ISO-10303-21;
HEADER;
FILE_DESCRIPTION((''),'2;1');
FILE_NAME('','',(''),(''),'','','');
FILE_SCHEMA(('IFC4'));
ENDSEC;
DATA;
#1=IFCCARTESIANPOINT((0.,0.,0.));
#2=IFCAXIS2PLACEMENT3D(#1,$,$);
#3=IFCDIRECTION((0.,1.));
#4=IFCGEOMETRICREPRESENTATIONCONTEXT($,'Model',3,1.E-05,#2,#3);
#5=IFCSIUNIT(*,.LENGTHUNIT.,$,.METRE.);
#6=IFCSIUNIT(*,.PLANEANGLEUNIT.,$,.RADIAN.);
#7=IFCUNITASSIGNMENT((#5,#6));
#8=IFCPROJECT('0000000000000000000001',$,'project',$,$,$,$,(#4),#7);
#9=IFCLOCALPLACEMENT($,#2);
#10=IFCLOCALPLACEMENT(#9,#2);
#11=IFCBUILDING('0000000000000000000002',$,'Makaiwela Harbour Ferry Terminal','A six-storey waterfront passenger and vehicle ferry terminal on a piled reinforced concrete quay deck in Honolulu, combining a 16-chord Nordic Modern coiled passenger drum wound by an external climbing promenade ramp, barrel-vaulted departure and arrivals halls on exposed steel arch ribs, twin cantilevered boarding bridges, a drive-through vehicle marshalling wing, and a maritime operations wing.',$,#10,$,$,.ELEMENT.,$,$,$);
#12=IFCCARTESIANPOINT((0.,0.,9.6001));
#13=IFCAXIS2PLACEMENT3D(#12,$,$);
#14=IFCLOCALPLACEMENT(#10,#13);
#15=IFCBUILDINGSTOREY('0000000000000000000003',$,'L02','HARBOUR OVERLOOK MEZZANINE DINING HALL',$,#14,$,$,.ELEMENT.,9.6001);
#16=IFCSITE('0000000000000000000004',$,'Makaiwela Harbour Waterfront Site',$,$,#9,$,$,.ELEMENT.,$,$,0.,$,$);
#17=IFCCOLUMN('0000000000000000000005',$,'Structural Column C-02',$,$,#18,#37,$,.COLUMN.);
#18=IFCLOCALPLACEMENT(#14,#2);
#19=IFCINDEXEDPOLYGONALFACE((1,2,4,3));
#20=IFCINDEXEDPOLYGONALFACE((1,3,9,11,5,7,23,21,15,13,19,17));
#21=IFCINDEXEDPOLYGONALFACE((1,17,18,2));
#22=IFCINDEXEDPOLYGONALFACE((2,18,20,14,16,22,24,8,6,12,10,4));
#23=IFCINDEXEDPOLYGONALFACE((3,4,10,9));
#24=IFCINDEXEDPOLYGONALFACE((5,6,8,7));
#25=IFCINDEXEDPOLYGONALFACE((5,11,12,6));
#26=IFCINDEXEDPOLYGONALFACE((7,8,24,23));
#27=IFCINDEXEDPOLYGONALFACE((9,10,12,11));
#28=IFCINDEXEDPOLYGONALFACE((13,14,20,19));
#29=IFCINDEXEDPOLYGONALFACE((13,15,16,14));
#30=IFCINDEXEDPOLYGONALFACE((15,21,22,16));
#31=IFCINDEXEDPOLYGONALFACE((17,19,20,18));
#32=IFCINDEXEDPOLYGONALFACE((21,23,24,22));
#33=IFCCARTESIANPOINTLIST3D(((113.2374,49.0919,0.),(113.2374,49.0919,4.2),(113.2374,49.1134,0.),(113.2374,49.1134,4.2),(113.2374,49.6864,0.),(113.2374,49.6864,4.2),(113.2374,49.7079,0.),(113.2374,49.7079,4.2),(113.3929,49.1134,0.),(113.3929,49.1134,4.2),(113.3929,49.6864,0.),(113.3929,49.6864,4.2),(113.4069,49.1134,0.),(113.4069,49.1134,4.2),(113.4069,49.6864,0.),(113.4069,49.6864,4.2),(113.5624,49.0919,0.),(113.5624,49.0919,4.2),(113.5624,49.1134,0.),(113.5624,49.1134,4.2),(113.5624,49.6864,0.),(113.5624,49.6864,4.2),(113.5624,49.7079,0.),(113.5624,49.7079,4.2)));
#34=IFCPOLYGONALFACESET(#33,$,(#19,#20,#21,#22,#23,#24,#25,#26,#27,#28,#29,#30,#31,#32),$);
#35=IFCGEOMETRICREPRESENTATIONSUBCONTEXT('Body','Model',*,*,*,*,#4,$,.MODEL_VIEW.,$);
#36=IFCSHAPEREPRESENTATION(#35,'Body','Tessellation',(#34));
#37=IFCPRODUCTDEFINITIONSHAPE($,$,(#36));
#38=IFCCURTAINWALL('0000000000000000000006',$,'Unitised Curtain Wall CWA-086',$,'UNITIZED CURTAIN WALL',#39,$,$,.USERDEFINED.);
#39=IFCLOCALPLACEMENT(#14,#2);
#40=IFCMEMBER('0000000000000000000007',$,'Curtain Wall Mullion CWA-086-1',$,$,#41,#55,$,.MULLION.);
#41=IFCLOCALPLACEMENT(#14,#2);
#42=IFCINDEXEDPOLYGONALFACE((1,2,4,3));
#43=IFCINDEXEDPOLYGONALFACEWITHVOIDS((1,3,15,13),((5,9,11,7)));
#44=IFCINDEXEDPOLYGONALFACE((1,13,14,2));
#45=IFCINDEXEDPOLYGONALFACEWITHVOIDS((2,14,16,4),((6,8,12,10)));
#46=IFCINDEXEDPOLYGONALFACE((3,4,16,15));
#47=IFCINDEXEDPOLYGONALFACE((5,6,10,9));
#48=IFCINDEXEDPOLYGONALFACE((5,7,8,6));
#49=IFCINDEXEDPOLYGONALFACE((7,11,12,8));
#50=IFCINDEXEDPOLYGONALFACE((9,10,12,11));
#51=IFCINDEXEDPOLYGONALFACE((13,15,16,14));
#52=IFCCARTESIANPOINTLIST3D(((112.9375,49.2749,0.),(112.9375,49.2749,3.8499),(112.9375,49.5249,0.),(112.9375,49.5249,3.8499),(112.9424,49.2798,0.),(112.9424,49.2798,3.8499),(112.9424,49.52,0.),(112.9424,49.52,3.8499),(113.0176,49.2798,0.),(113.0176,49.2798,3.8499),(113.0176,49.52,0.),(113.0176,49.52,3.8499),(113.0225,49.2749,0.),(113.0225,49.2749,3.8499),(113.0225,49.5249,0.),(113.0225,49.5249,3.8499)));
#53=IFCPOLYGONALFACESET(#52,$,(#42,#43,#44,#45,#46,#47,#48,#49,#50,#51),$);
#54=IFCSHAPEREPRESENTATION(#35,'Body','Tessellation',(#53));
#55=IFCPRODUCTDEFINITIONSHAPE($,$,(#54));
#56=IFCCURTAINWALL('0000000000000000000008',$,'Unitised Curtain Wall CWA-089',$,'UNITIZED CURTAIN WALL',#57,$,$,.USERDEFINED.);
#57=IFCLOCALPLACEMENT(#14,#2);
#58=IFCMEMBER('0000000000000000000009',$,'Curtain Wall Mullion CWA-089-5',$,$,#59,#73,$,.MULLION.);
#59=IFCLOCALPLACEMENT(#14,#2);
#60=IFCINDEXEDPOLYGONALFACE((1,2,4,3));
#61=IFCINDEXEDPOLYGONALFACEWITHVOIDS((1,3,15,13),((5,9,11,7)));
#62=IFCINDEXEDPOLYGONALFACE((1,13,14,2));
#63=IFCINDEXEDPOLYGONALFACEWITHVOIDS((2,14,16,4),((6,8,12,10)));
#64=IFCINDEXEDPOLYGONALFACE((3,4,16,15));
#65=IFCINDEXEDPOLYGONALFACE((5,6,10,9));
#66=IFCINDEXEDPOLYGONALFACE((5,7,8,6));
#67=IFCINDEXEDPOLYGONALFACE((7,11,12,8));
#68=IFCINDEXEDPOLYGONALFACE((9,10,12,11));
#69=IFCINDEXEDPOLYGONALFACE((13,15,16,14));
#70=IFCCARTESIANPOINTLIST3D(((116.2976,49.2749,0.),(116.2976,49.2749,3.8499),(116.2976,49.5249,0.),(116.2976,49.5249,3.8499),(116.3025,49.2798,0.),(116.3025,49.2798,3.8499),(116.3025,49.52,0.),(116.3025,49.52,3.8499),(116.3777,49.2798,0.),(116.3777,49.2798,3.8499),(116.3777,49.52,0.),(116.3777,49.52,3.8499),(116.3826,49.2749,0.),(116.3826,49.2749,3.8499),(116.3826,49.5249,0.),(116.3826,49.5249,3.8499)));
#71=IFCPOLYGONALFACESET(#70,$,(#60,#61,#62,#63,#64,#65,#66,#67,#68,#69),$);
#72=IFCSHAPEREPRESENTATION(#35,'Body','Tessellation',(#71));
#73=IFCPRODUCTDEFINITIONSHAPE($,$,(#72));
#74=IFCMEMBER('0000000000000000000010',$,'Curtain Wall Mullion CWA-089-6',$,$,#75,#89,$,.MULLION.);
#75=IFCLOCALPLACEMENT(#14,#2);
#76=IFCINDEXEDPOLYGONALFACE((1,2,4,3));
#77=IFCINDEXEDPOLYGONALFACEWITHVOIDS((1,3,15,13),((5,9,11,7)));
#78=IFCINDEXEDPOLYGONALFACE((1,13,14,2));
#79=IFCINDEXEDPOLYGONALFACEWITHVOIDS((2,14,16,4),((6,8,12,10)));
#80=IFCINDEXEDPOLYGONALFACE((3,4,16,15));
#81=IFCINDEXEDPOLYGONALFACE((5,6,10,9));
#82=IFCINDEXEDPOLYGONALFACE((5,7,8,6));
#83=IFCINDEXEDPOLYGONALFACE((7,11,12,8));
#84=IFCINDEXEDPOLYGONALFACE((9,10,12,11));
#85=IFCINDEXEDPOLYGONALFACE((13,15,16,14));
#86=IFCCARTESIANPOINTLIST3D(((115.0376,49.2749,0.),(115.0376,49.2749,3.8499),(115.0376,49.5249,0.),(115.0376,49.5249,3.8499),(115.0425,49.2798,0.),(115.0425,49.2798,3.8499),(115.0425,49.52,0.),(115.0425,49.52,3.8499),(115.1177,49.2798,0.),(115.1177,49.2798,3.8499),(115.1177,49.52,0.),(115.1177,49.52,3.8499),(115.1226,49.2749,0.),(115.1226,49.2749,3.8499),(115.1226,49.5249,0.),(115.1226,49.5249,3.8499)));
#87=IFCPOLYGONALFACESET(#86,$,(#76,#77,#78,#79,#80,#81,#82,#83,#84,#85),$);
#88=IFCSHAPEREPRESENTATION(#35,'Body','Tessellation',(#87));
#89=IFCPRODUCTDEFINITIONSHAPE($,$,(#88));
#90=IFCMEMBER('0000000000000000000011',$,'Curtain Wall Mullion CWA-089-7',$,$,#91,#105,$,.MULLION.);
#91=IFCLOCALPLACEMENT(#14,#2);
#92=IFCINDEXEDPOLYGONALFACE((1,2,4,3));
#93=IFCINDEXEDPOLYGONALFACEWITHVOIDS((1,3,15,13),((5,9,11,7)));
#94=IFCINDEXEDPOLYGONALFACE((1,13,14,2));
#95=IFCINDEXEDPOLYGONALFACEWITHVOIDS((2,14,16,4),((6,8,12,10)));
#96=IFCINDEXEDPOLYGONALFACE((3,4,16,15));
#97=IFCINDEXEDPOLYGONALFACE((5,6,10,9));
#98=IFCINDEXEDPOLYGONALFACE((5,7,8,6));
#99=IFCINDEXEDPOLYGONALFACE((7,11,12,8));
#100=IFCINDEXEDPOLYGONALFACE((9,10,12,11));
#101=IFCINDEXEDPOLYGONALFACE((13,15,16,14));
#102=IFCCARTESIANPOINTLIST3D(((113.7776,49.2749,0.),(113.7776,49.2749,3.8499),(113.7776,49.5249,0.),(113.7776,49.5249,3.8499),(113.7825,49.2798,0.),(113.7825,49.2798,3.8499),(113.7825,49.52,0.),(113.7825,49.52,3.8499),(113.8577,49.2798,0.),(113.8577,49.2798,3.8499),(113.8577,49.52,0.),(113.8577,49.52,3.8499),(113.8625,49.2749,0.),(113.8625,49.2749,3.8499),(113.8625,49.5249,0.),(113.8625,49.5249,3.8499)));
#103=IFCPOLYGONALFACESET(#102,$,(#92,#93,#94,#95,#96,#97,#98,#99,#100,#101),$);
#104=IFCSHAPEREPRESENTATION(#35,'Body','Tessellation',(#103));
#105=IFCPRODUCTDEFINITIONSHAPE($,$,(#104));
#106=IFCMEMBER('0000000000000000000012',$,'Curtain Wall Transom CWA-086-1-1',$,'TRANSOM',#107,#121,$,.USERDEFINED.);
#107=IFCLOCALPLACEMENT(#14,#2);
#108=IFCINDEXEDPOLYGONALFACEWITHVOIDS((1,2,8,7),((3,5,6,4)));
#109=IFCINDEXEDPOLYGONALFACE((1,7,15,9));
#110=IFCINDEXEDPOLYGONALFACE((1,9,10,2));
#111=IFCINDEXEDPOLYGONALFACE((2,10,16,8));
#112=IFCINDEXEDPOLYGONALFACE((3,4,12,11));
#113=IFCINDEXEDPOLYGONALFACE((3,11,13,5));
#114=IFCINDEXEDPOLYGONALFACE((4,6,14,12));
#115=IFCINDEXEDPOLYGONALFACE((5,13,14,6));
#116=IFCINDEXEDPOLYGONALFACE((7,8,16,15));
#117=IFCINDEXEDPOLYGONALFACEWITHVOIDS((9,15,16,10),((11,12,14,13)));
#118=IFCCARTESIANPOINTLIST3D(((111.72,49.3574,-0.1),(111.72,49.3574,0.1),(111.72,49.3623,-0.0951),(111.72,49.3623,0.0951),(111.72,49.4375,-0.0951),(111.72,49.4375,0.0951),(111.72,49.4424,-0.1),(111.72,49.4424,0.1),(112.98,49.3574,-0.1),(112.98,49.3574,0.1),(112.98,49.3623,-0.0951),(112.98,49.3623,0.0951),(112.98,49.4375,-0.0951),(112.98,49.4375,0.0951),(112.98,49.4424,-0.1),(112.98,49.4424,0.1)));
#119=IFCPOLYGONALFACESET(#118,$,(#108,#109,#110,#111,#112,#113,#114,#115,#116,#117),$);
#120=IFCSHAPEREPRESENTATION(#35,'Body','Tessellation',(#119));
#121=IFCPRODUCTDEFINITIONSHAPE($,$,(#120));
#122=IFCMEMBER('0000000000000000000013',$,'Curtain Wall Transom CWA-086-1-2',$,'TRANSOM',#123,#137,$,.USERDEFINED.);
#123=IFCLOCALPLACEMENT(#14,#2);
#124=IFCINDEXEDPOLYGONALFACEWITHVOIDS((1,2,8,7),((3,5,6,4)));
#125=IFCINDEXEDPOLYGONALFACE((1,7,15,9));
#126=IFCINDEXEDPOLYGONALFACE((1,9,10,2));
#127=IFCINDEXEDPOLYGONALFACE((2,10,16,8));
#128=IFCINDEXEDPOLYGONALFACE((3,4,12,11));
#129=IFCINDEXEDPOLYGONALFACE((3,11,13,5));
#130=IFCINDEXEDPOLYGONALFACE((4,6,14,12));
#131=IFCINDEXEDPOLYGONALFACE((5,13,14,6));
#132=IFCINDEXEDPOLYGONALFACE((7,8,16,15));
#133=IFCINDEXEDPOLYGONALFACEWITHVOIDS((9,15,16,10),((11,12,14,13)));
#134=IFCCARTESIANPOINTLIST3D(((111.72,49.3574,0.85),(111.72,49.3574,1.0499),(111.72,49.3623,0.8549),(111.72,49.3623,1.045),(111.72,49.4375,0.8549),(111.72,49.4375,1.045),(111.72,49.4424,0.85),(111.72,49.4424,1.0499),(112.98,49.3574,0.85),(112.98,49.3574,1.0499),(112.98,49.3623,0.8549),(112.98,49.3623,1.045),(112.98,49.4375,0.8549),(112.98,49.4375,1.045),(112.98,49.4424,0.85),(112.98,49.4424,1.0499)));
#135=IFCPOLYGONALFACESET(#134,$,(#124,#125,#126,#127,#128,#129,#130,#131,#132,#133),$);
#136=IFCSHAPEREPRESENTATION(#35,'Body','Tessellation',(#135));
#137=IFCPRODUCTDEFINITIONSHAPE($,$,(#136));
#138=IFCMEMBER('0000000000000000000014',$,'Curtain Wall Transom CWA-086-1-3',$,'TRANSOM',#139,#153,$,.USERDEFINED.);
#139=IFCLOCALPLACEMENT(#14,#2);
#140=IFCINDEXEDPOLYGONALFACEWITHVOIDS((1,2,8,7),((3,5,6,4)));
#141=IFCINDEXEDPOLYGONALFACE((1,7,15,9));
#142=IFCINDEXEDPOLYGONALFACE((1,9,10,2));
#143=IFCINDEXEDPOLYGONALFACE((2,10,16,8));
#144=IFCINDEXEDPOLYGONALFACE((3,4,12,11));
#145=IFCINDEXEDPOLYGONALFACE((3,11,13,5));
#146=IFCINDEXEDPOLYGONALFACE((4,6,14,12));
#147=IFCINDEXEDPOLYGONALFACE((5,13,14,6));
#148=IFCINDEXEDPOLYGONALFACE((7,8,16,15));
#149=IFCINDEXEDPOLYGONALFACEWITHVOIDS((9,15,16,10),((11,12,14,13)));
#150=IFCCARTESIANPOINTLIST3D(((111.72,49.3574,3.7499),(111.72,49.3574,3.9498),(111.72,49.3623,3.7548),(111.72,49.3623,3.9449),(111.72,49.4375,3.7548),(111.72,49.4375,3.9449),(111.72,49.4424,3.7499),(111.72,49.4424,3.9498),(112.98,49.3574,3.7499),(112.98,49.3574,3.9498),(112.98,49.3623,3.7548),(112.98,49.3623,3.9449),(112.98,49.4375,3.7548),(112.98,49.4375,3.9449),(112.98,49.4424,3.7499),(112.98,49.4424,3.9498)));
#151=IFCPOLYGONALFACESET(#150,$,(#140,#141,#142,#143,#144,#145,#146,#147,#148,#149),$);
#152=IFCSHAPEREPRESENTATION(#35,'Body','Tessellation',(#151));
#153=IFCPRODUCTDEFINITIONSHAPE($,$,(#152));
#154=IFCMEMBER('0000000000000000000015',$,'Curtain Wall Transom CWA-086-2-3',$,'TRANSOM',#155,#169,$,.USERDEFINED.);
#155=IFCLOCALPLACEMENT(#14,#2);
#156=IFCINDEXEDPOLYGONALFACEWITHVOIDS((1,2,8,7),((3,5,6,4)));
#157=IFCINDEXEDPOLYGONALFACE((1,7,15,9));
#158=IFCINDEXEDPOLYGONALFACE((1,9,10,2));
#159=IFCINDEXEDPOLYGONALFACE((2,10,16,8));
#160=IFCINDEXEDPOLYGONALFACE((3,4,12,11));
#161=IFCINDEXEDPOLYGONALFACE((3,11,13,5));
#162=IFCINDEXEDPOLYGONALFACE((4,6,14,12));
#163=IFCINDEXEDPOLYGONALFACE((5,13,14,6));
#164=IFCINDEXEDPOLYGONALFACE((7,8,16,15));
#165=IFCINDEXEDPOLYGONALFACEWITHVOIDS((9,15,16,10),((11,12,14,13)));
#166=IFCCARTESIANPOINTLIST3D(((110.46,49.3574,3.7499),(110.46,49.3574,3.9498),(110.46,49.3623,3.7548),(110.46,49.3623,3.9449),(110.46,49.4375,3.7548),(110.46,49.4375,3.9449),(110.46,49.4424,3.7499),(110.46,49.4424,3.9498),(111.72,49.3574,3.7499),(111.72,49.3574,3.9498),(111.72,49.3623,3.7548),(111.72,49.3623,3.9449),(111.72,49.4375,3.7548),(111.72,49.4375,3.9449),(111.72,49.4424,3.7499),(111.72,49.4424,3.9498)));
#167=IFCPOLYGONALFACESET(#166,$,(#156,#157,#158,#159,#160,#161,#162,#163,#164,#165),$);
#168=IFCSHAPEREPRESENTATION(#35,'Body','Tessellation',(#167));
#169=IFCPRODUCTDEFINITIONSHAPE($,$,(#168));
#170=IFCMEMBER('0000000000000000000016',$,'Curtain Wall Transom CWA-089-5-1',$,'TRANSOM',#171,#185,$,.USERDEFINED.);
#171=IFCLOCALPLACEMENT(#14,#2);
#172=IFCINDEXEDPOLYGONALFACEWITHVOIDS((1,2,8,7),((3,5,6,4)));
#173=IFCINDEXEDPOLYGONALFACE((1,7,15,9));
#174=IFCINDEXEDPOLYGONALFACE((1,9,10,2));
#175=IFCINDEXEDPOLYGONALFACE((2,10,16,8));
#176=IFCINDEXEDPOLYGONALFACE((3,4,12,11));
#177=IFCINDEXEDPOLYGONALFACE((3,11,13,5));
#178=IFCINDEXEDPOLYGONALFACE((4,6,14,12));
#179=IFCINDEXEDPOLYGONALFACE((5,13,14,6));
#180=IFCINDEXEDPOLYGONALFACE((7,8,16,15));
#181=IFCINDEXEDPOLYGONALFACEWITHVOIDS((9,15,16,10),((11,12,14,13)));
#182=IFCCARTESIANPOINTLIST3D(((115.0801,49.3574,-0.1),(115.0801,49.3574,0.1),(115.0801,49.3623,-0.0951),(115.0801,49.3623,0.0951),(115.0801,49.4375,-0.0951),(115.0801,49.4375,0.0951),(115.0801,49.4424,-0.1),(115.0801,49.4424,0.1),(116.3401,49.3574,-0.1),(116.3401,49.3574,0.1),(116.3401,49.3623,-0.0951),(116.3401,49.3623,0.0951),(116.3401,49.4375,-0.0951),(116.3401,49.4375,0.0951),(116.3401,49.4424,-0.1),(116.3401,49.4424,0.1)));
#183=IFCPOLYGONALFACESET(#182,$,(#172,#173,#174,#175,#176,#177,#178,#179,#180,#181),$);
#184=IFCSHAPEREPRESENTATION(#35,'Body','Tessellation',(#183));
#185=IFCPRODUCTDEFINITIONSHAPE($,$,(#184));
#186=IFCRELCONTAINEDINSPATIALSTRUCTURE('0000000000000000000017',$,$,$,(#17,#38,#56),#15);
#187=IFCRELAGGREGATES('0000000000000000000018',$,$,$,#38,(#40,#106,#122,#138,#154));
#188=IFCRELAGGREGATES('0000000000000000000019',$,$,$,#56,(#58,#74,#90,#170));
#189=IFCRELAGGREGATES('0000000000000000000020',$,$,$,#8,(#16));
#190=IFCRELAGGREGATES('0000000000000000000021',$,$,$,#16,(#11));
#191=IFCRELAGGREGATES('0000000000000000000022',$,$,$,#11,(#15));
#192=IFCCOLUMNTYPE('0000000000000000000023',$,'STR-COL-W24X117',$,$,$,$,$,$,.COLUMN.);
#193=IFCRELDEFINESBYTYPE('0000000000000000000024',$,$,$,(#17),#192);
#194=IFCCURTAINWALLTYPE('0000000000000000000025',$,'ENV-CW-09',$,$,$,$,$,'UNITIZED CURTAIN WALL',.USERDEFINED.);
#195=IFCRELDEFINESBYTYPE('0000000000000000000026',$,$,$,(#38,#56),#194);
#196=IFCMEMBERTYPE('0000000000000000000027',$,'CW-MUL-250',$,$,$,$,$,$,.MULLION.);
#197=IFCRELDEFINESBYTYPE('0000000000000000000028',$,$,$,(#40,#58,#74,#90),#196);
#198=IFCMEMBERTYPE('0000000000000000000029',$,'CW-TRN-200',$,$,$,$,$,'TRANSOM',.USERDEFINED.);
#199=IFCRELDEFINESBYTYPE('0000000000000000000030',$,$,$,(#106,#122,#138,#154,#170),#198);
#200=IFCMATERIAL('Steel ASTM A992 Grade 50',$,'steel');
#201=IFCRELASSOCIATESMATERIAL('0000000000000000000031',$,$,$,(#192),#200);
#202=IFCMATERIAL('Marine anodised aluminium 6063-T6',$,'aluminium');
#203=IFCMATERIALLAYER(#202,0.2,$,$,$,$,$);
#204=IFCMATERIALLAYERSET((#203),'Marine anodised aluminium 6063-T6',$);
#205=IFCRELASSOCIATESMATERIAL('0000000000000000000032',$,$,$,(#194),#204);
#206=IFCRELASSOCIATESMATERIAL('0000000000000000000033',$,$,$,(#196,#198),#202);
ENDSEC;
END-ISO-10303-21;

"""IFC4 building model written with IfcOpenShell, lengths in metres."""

from ifc_helpers import new_model, si_unit, direction, frame, origin, origin_2d, place, context, subcontext, project, spatial, hollow_rectangle, i_section, extrude, material, layer, layer_set, material_profile, profile_set, type_object, element, aggregate, save


model = new_model("IFC4")

# Units and contexts
model_context = context("Model", 3, precision=1e-05, world=origin(), true_north=direction((0.0, 1.0)))
body_context = subcontext(model_context, "Body", "Model", "MODEL_VIEW")
ifc_project = project(units=[si_unit("LENGTHUNIT", "METRE"), si_unit("PLANEANGLEUNIT", "RADIAN")], contexts=[model_context])

# Site, building, storey
site_placement = place(None, origin())
site = spatial("IfcSite", under=ifc_project, at=site_placement, Name="Makaiwela Harbour Waterfront Site", CompositionType="ELEMENT", RefElevation=0.0)
building_placement = place(site_placement, origin())
building = spatial("IfcBuilding", under=site, at=building_placement, Name="Makaiwela Harbour Ferry Terminal", Description="A six-storey waterfront passenger and vehicle ferry terminal on a piled reinforced concrete quay deck in Honolulu, combining a 16-chord Nordic Modern coiled passenger drum wound by an external climbing promenade ramp, barrel-vaulted departure and arrivals halls on exposed steel arch ribs, twin cantilevered boarding bridges, a drive-through vehicle marshalling wing, and a maritime operations wing.", CompositionType="ELEMENT")
storey_placement = place(building_placement, frame((0.0, 0.0, 9.6001)))
storey = spatial("IfcBuildingStorey", under=building, at=storey_placement, Name="L02", Description="HARBOUR OVERLOOK MEZZANINE DINING HALL", CompositionType="ELEMENT", Elevation=9.6001)

# Column
ifc_material_1 = material(Name="Steel ASTM A992 Grade 50", Category="steel")
ifc_material_profile_1 = material_profile(ifc_material_1, i_section(OverallWidth=0.325, OverallDepth=0.616, WebThickness=0.0139, FlangeThickness=0.0215, at=origin_2d()), Name="W24X117")
ifc_profile_set_1 = profile_set([ifc_material_profile_1], Name="Steel ASTM A992 Grade 50")
column_type = type_object("IfcColumnType", Name="STR-COL-W24X117", PredefinedType="COLUMN", material=ifc_profile_set_1)
column_placement = place(storey_placement, frame((113.3999, 49.3999, 0.0), z_axis=(0.0, 0.0, 1.0), x_axis=(1.0, 0.0, 0.0)))
element("IfcColumn", 1, at=column_placement, inside=storey, type_object=column_type, Name="Structural Column C-02", PredefinedType="COLUMN", context=body_context, shape_type="SweptSolid", body=[
    extrude(i_section(OverallWidth=0.325, OverallDepth=0.616, WebThickness=0.0139, FlangeThickness=0.0215, at=origin_2d()), origin(), (0.0, 0.0, 1.0), 4.2),
])

# Curtain wall, member
ifc_material_2 = material(Name="Marine anodised aluminium 6063-T6", Category="aluminium")
ifc_layer_1 = layer(ifc_material_2, 0.2)
ifc_layer_set_1 = layer_set([ifc_layer_1], Name="Marine anodised aluminium 6063-T6")
curtain_wall_type = type_object("IfcCurtainWallType", Name="ENV-CW-09", ElementType="UNITIZED CURTAIN WALL", PredefinedType="USERDEFINED", material=ifc_layer_set_1)
curtain_wall_1_placement = place(storey_placement, origin())
curtain_wall_1 = element("IfcCurtainWall", 2, at=curtain_wall_1_placement, inside=storey, type_object=curtain_wall_type, Name="Unitised Curtain Wall CWA-086", ObjectType="UNITIZED CURTAIN WALL", PredefinedType="USERDEFINED")
ifc_material_profile_2 = material_profile(ifc_material_2, hollow_rectangle(XDim=0.085, YDim=0.25, WallThickness=0.0049, at=origin_2d()), Name="CWM-250X85")
ifc_profile_set_2 = profile_set([ifc_material_profile_2], Name="Marine anodised aluminium 6063-T6")
member_type_1 = type_object("IfcMemberType", Name="CW-MUL-250", PredefinedType="MULLION", material=ifc_profile_set_2)
member_1_placement = place(storey_placement, frame((112.98, 49.3999, 0.0), z_axis=(0.0, 0.0, 1.0), x_axis=(1.0, 0.0, 0.0)))
member_1 = element("IfcMember", 3, at=member_1_placement, type_object=member_type_1, Name="Curtain Wall Mullion CWA-086-1", PredefinedType="MULLION", context=body_context, shape_type="SweptSolid", body=[
    extrude(hollow_rectangle(XDim=0.085, YDim=0.25, WallThickness=0.0049, at=origin_2d()), origin(), (0.0, 0.0, 1.0), 3.8499),
])

# Curtain wall, members
curtain_wall_2_placement = place(storey_placement, origin())
curtain_wall_2 = element("IfcCurtainWall", 4, at=curtain_wall_2_placement, inside=storey, type_object=curtain_wall_type, Name="Unitised Curtain Wall CWA-089", ObjectType="UNITIZED CURTAIN WALL", PredefinedType="USERDEFINED")
member_2_placement = place(storey_placement, frame((116.3401, 49.3999, 0.0), z_axis=(0.0, 0.0, 1.0), x_axis=(1.0, 0.0, 0.0)))
member_2 = element("IfcMember", 5, at=member_2_placement, type_object=member_type_1, Name="Curtain Wall Mullion CWA-089-5", PredefinedType="MULLION", context=body_context, shape_type="SweptSolid", body=[
    extrude(hollow_rectangle(XDim=0.085, YDim=0.25, WallThickness=0.0049, at=origin_2d()), origin(), (0.0, 0.0, 1.0), 3.8499),
])
member_3_placement = place(storey_placement, frame((115.0801, 49.3999, 0.0), z_axis=(0.0, 0.0, 1.0), x_axis=(1.0, 0.0, 0.0)))
member_3 = element("IfcMember", 6, at=member_3_placement, type_object=member_type_1, Name="Curtain Wall Mullion CWA-089-6", PredefinedType="MULLION", context=body_context, shape_type="SweptSolid", body=[
    extrude(hollow_rectangle(XDim=0.085, YDim=0.25, WallThickness=0.0049, at=origin_2d()), origin(), (0.0, 0.0, 1.0), 3.8499),
])
member_4_placement = place(storey_placement, frame((113.8201, 49.3999, 0.0), z_axis=(0.0, 0.0, 1.0), x_axis=(1.0, 0.0, 0.0)))
member_4 = element("IfcMember", 7, at=member_4_placement, type_object=member_type_1, Name="Curtain Wall Mullion CWA-089-7", PredefinedType="MULLION", context=body_context, shape_type="SweptSolid", body=[
    extrude(hollow_rectangle(XDim=0.085, YDim=0.25, WallThickness=0.0049, at=origin_2d()), origin(), (0.0, 0.0, 1.0), 3.8499),
])

# Members
ifc_material_profile_3 = material_profile(ifc_material_2, hollow_rectangle(XDim=0.085, YDim=0.2, WallThickness=0.0049, at=origin_2d()), Name="CWT-200X85")
ifc_profile_set_3 = profile_set([ifc_material_profile_3], Name="Marine anodised aluminium 6063-T6")
member_type_2 = type_object("IfcMemberType", Name="CW-TRN-200", ElementType="TRANSOM", PredefinedType="USERDEFINED", material=ifc_profile_set_3)
member_5_placement = place(storey_placement, frame((112.98, 49.3999, 0.0), z_axis=(-1.0, 0.0, 0.0), x_axis=(0.0, -1.0, 0.0)))
member_5 = element("IfcMember", 8, at=member_5_placement, type_object=member_type_2, Name="Curtain Wall Transom CWA-086-1-1", ObjectType="TRANSOM", PredefinedType="USERDEFINED", context=body_context, shape_type="SweptSolid", body=[
    extrude(hollow_rectangle(XDim=0.085, YDim=0.2, WallThickness=0.0049, at=origin_2d()), origin(), (0.0, 0.0, 1.0), 1.26),
])
member_6_placement = place(storey_placement, frame((112.98, 49.3999, 0.95), z_axis=(-1.0, 0.0, 0.0), x_axis=(0.0, -1.0, 0.0)))
member_6 = element("IfcMember", 9, at=member_6_placement, type_object=member_type_2, Name="Curtain Wall Transom CWA-086-1-2", ObjectType="TRANSOM", PredefinedType="USERDEFINED", context=body_context, shape_type="SweptSolid", body=[
    extrude(hollow_rectangle(XDim=0.085, YDim=0.2, WallThickness=0.0049, at=origin_2d()), origin(), (0.0, 0.0, 1.0), 1.26),
])
member_7_placement = place(storey_placement, frame((112.98, 49.3999, 3.8499), z_axis=(-1.0, 0.0, 0.0), x_axis=(0.0, -1.0, 0.0)))
member_7 = element("IfcMember", 10, at=member_7_placement, type_object=member_type_2, Name="Curtain Wall Transom CWA-086-1-3", ObjectType="TRANSOM", PredefinedType="USERDEFINED", context=body_context, shape_type="SweptSolid", body=[
    extrude(hollow_rectangle(XDim=0.085, YDim=0.2, WallThickness=0.0049, at=origin_2d()), origin(), (0.0, 0.0, 1.0), 1.26),
])
member_8_placement = place(storey_placement, frame((111.72, 49.3999, 3.8499), z_axis=(-1.0, 0.0, 0.0), x_axis=(0.0, -1.0, 0.0)))
member_8 = element("IfcMember", 11, at=member_8_placement, type_object=member_type_2, Name="Curtain Wall Transom CWA-086-2-3", ObjectType="TRANSOM", PredefinedType="USERDEFINED", context=body_context, shape_type="SweptSolid", body=[
    extrude(hollow_rectangle(XDim=0.085, YDim=0.2, WallThickness=0.0049, at=origin_2d()), origin(), (0.0, 0.0, 1.0), 1.26),
])
member_9_placement = place(storey_placement, frame((116.3401, 49.3999, 0.0), z_axis=(-1.0, 0.0, 0.0), x_axis=(0.0, -1.0, 0.0)))
member_9 = element("IfcMember", 12, at=member_9_placement, type_object=member_type_2, Name="Curtain Wall Transom CWA-089-5-1", ObjectType="TRANSOM", PredefinedType="USERDEFINED", context=body_context, shape_type="SweptSolid", body=[
    extrude(hollow_rectangle(XDim=0.085, YDim=0.2, WallThickness=0.0049, at=origin_2d()), origin(), (0.0, 0.0, 1.0), 1.26),
])

aggregate(curtain_wall_1, [member_1, member_5, member_6, member_7, member_8])
aggregate(curtain_wall_2, [member_2, member_3, member_4, member_9])

save(model, "model.ifc")
